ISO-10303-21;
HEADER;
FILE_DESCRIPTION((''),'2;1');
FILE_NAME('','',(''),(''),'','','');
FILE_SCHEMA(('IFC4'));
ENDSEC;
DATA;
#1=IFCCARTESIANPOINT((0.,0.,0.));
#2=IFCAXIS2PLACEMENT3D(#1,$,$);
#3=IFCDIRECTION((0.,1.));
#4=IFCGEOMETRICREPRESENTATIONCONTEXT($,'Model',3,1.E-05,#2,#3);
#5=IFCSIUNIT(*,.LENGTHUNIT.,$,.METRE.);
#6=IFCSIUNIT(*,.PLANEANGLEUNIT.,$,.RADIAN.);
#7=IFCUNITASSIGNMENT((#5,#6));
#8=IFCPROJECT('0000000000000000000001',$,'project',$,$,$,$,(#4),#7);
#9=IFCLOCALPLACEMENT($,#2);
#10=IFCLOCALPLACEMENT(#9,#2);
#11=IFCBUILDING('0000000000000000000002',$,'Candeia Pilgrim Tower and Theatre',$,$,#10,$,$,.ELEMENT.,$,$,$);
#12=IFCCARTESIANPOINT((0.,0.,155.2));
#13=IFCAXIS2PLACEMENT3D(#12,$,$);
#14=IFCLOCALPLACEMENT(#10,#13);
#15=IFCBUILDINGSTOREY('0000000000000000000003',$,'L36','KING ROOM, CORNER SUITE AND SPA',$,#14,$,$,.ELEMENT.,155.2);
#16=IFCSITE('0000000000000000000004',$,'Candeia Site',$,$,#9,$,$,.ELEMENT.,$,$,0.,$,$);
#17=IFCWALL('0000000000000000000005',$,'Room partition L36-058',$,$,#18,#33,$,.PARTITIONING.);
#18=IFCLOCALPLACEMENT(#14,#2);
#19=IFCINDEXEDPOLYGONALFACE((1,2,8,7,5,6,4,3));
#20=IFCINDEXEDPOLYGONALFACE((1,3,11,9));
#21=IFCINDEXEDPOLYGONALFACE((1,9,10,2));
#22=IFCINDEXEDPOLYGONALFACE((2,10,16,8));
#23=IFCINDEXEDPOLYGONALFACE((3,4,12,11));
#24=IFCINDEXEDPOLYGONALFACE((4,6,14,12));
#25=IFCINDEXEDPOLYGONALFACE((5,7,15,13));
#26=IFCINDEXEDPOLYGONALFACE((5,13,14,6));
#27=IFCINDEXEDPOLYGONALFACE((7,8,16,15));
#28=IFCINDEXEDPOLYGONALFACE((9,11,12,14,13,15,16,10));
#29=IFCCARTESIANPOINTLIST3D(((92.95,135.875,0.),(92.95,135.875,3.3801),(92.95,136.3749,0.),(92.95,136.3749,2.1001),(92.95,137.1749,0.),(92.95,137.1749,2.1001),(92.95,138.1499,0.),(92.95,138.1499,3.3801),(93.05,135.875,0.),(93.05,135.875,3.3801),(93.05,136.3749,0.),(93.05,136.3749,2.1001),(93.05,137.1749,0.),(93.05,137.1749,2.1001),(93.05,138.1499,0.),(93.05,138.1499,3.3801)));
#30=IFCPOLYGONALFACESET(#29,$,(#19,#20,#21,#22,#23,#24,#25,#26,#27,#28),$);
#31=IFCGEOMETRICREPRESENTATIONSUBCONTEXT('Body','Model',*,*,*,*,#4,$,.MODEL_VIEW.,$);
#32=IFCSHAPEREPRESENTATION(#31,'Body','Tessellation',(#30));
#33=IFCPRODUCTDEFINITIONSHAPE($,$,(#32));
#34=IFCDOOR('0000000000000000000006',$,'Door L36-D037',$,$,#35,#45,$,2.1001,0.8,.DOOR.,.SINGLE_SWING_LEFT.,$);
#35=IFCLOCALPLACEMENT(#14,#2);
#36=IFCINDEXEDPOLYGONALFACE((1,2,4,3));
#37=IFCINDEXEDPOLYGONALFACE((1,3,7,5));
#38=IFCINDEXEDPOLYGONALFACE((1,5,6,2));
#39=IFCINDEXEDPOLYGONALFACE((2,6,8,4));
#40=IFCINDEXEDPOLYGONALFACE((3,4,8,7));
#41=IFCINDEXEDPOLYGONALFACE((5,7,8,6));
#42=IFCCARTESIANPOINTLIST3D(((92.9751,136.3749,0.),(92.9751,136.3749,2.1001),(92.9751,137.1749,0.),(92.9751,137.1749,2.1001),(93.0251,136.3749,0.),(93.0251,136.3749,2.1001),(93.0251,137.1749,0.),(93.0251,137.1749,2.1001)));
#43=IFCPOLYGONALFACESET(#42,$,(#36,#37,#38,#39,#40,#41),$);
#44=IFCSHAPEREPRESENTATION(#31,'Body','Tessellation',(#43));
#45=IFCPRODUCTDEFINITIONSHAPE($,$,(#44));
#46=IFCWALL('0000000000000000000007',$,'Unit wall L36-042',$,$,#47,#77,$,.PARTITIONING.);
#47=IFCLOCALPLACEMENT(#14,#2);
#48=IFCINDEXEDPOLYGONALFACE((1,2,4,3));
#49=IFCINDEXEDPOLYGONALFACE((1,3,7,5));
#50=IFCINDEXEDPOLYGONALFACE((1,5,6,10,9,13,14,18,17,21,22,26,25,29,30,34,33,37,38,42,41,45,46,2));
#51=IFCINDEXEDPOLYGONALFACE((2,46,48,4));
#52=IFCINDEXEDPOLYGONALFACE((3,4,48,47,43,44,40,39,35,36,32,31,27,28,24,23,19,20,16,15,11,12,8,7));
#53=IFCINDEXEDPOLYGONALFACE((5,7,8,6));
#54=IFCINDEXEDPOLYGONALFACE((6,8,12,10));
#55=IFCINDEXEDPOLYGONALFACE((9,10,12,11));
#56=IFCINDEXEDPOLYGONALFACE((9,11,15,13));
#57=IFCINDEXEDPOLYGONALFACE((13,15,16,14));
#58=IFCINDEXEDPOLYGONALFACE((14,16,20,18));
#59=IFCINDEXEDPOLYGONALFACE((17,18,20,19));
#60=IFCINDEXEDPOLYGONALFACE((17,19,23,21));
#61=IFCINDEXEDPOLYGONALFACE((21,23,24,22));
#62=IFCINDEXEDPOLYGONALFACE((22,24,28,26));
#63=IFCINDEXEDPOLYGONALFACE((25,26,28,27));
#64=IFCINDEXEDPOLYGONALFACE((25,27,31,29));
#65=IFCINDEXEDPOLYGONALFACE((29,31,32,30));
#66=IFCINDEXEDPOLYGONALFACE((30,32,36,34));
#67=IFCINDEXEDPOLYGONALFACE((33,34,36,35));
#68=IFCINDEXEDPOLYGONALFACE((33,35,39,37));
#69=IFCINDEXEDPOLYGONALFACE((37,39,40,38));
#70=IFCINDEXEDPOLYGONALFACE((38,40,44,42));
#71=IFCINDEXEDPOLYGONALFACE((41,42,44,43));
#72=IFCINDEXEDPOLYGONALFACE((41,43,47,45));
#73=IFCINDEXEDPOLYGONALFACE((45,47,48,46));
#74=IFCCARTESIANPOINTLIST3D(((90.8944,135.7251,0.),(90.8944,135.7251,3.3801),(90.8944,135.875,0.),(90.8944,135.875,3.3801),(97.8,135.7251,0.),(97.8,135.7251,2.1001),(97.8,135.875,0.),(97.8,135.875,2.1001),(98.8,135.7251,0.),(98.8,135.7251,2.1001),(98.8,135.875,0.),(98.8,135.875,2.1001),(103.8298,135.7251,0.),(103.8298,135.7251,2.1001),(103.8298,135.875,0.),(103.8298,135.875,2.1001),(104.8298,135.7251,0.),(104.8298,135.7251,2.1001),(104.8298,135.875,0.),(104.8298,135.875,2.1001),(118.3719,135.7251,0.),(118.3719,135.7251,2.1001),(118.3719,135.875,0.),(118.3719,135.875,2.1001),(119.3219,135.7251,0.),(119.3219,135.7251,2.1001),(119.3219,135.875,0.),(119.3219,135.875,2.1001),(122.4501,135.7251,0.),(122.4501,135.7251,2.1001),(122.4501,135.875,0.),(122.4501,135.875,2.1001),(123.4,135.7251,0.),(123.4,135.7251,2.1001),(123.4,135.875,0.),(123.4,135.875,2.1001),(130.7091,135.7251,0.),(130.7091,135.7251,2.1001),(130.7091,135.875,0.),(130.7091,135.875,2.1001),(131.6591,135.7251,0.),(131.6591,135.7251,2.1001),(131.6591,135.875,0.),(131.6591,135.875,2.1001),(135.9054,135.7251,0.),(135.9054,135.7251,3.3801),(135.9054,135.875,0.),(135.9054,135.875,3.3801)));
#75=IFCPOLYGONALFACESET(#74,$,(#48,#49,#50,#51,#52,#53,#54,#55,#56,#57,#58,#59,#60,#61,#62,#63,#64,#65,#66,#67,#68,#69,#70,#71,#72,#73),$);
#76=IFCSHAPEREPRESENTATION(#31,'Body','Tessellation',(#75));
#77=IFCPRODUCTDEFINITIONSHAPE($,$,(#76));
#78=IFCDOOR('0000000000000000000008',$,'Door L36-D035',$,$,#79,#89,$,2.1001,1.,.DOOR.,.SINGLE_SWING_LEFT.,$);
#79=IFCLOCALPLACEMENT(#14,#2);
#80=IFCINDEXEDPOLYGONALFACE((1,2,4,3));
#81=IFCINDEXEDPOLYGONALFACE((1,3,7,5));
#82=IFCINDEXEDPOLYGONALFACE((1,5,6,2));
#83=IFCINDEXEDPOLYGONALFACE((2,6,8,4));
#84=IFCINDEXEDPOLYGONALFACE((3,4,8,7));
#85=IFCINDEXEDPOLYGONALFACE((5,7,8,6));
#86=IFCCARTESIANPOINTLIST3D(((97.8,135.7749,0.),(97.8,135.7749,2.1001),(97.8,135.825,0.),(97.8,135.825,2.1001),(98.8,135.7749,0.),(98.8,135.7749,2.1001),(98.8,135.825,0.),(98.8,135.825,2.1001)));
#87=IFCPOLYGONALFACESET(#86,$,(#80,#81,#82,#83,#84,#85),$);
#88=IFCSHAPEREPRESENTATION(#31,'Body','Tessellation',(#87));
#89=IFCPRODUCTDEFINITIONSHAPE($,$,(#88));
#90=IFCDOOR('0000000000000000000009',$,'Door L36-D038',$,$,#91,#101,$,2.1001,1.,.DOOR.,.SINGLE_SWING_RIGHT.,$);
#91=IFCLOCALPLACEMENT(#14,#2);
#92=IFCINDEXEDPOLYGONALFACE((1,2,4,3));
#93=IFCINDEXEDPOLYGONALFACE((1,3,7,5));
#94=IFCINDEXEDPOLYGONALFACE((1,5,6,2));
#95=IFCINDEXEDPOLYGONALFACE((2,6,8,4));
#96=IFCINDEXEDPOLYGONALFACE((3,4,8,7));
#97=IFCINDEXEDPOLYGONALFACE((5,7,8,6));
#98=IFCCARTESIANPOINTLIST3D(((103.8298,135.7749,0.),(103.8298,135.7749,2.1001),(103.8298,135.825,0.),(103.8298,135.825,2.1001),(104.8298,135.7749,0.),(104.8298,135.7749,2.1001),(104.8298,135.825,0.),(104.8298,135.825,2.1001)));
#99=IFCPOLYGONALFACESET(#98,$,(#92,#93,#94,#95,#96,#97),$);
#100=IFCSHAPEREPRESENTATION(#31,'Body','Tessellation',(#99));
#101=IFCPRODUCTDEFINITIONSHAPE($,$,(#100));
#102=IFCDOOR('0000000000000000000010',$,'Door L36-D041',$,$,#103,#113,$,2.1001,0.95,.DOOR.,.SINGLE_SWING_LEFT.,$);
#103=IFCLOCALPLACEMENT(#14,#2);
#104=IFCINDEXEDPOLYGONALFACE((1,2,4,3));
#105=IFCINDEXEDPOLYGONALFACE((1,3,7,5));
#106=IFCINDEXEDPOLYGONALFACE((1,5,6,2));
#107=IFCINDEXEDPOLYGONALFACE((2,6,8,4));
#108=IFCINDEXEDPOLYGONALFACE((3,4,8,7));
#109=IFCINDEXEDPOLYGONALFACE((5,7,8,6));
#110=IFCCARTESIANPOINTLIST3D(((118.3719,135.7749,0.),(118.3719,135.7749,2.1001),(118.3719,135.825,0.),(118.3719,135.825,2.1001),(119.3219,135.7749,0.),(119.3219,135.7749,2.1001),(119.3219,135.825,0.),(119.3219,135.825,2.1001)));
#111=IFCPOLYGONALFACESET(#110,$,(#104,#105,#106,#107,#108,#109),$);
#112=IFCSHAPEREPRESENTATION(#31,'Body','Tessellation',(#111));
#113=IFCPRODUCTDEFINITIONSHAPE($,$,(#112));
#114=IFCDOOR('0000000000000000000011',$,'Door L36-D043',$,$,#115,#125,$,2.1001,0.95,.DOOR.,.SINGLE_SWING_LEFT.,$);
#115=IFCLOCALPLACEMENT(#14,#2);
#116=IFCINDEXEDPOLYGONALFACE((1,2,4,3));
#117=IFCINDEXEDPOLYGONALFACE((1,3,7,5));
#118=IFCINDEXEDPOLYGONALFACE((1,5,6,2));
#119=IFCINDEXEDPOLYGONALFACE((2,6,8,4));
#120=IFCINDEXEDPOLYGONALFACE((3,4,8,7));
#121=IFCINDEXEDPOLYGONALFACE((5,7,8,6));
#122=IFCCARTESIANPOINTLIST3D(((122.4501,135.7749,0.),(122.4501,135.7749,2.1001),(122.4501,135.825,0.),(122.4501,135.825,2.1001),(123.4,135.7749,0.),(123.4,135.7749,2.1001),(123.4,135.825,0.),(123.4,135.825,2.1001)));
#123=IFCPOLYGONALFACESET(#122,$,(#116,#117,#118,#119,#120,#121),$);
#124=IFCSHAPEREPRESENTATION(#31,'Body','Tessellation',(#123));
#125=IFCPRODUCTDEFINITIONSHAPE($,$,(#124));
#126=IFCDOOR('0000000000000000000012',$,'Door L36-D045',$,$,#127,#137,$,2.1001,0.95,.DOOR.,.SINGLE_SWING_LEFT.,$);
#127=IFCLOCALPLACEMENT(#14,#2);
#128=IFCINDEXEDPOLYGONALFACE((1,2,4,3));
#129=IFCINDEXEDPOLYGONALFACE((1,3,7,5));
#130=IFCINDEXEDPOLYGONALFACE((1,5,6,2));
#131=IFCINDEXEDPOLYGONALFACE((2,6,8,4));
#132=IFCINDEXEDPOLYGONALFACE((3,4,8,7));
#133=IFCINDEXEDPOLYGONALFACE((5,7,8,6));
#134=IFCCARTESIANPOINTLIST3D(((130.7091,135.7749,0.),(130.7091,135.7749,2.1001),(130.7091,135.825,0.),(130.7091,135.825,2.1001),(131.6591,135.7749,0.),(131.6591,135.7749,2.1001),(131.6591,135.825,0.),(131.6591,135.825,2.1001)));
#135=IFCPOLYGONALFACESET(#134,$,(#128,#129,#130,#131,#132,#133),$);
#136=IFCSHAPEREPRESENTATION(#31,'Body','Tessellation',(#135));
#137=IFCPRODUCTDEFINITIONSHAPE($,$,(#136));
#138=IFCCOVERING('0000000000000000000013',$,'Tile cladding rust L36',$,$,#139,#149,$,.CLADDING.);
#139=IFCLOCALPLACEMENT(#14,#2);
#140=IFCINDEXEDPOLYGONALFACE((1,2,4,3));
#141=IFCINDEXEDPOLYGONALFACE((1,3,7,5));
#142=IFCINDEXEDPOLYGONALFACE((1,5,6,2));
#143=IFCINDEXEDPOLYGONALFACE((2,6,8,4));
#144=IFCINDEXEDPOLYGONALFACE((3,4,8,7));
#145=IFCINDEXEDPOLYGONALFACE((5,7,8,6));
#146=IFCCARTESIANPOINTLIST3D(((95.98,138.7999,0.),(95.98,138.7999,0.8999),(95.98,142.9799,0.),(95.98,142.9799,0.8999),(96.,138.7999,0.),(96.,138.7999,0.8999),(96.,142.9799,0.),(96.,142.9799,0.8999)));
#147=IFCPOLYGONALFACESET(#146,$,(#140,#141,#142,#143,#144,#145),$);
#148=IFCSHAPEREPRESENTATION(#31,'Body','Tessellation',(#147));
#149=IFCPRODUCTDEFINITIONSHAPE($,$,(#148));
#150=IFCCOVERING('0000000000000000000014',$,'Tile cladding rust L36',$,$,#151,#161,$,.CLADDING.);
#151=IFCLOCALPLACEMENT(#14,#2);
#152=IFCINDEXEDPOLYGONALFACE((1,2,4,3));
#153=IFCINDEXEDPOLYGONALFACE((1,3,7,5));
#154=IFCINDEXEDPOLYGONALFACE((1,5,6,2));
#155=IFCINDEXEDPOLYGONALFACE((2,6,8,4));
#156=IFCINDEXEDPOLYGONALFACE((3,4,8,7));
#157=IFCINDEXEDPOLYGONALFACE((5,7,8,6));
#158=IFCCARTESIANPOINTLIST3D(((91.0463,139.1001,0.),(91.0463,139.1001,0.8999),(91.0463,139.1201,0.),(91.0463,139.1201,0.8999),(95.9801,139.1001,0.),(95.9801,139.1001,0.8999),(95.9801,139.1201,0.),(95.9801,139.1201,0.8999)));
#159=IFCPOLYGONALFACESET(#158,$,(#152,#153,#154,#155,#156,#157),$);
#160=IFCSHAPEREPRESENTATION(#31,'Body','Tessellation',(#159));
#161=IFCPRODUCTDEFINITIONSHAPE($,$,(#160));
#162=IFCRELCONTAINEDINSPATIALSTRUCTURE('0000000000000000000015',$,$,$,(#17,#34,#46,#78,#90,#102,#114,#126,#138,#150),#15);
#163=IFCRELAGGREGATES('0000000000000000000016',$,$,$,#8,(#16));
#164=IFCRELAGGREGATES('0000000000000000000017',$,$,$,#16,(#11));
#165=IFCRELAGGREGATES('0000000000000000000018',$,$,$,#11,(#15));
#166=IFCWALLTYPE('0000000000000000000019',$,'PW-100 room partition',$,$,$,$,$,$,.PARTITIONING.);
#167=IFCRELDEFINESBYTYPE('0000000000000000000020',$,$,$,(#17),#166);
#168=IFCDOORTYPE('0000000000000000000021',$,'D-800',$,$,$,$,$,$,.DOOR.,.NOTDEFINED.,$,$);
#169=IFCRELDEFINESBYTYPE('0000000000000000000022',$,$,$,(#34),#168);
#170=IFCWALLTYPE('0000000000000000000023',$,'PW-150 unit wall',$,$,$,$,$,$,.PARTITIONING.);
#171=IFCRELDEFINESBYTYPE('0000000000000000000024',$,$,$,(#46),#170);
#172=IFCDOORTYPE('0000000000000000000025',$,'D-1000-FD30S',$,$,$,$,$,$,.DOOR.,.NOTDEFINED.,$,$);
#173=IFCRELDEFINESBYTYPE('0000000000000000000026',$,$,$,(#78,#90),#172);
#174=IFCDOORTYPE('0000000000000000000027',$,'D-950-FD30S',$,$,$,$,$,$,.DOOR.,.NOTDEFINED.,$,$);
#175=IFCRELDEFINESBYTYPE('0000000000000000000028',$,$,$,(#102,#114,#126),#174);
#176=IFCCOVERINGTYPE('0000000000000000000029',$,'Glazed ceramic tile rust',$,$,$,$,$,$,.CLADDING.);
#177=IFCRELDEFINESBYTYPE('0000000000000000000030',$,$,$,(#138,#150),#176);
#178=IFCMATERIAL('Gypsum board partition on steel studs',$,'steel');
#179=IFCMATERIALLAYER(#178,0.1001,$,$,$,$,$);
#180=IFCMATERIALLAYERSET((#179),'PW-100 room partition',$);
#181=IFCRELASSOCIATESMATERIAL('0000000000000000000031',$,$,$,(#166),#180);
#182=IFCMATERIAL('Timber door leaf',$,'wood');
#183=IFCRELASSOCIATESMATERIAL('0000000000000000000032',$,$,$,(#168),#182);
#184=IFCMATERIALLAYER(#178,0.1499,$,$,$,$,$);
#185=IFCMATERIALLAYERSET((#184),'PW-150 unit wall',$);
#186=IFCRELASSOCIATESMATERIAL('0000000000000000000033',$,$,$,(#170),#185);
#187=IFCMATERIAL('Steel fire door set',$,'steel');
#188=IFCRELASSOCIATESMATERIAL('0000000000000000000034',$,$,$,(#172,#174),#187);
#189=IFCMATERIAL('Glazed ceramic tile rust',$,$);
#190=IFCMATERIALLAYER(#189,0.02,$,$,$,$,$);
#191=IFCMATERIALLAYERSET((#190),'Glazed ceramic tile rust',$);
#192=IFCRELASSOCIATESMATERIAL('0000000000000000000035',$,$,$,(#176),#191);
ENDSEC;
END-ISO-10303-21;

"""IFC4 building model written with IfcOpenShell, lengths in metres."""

from ifc_helpers import new_model, si_unit, direction, frame, frame_2d, origin, origin_2d, place, context, subcontext, project, spatial, rectangle, extrude, material, layer, layer_set, type_object, element, fill, save


model = new_model("IFC4")

# Units and contexts
model_context = context("Model", 3, precision=1e-05, world=origin(), true_north=direction((0.0, 1.0)))
body_context = subcontext(model_context, "Body", "Model", "MODEL_VIEW")
ifc_project = project(units=[si_unit("LENGTHUNIT", "METRE"), si_unit("PLANEANGLEUNIT", "RADIAN")], contexts=[model_context])

# Site, building, storey
site_placement = place(None, origin())
site = spatial("IfcSite", under=ifc_project, at=site_placement, Name="Candeia Site", CompositionType="ELEMENT", RefElevation=0.0)
building_placement = place(site_placement, origin())
building = spatial("IfcBuilding", under=site, at=building_placement, Name="Candeia Pilgrim Tower and Theatre", CompositionType="ELEMENT")
storey_placement = place(building_placement, frame((0.0, 0.0, 155.2)))
storey = spatial("IfcBuildingStorey", under=building, at=storey_placement, Name="L36", Description="KING ROOM, CORNER SUITE AND SPA", CompositionType="ELEMENT", Elevation=155.2)

# Shared definitions
ifc_material_1 = material(Name="Gypsum board partition on steel studs", Category="steel")
ifc_layer_1 = layer(ifc_material_1, 0.1001)
ifc_layer_set_1 = layer_set([ifc_layer_1], Name="PW-100 room partition")
wall_type_1 = type_object("IfcWallType", Name="PW-100 room partition", PredefinedType="PARTITIONING", material=ifc_layer_set_1)

# Wall, opening, door
wall_1_placement = place(storey_placement, frame((93.0, 135.875, 0.0), z_axis=(0.0, 0.0, 1.0), x_axis=(0.0, 1.0, 0.0)))
wall_1 = element("IfcWall", 1, at=wall_1_placement, inside=storey, type_object=wall_type_1, Name="Room partition L36-058", PredefinedType="PARTITIONING", context=body_context, shape_type="SweptSolid", body=[
    extrude(rectangle(XDim=2.2749, YDim=0.1001, at=frame_2d((1.1375, 0.0))), origin(), (0.0, 0.0, 1.0), 3.3801),
])
opening_1_placement = place(wall_1_placement, frame((0.5, 0.0, 0.0)))
opening_1 = element("IfcOpeningElement", 2, at=opening_1_placement, cuts=wall_1, PredefinedType="OPENING", context=body_context, shape_type="SweptSolid", body=[
    extrude(rectangle(XDim=0.8, YDim=2.1001, at=frame_2d((0.3999, 1.05))), frame((0.0, 0.0601, 0.0), z_axis=(0.0, -1.0, 0.0), x_axis=(1.0, 0.0, 0.0)), (0.0, 0.0, 1.0), 0.1201),
])
ifc_material_2 = material(Name="Timber door leaf", Category="wood")
door_type_1 = type_object("IfcDoorType", Name="D-800", OperationType="NOTDEFINED", PredefinedType="DOOR", material=ifc_material_2)
door_1_placement = place(opening_1_placement, origin())
door_1 = element("IfcDoor", 3, at=door_1_placement, inside=storey, type_object=door_type_1, Name="Door L36-D037", OperationType="SINGLE_SWING_LEFT", OverallHeight=2.1001, OverallWidth=0.8, PredefinedType="DOOR", context=body_context, shape_type="SweptSolid", body=[
    extrude(rectangle(XDim=0.8, YDim=2.1001, at=frame_2d((0.3999, 1.05))), frame((0.0, 0.0249, 0.0), z_axis=(0.0, -1.0, 0.0), x_axis=(1.0, 0.0, 0.0)), (0.0, 0.0, 1.0), 0.05),
])
fill(opening_1, door_1)

# Wall, openings, doors
ifc_layer_2 = layer(ifc_material_1, 0.1499)
ifc_layer_set_2 = layer_set([ifc_layer_2], Name="PW-150 unit wall")
wall_type_2 = type_object("IfcWallType", Name="PW-150 unit wall", PredefinedType="PARTITIONING", material=ifc_layer_set_2)
wall_2_placement = place(storey_placement, frame((90.8945, 135.8, 0.0), z_axis=(0.0, 0.0, 1.0), x_axis=(1.0, 0.0, 0.0)))
wall_2 = element("IfcWall", 4, at=wall_2_placement, inside=storey, type_object=wall_type_2, Name="Unit wall L36-042", PredefinedType="PARTITIONING", context=body_context, shape_type="SweptSolid", body=[
    extrude(rectangle(XDim=45.011, YDim=0.1499, at=frame_2d((22.5054, 0.0))), origin(), (0.0, 0.0, 1.0), 3.3801),
])
opening_2_placement = place(wall_2_placement, frame((6.9055, 0.0, 0.0)))
opening_2 = element("IfcOpeningElement", 5, at=opening_2_placement, cuts=wall_2, PredefinedType="OPENING", context=body_context, shape_type="SweptSolid", body=[
    extrude(rectangle(XDim=1.0, YDim=2.1001, at=frame_2d((0.5, 1.05))), frame((0.0, 0.085, 0.0), z_axis=(0.0, -1.0, 0.0), x_axis=(1.0, 0.0, 0.0)), (0.0, 0.0, 1.0), 0.1699),
])
opening_3_placement = place(wall_2_placement, frame((12.9353, 0.0, 0.0)))
opening_3 = element("IfcOpeningElement", 6, at=opening_3_placement, cuts=wall_2, PredefinedType="OPENING", context=body_context, shape_type="SweptSolid", body=[
    extrude(rectangle(XDim=1.0, YDim=2.1001, at=frame_2d((0.5, 1.05))), frame((0.0, 0.085, 0.0), z_axis=(0.0, -1.0, 0.0), x_axis=(1.0, 0.0, 0.0)), (0.0, 0.0, 1.0), 0.1699),
])
opening_4_placement = place(wall_2_placement, frame((27.4773, 0.0, 0.0)))
opening_4 = element("IfcOpeningElement", 7, at=opening_4_placement, cuts=wall_2, PredefinedType="OPENING", context=body_context, shape_type="SweptSolid", body=[
    extrude(rectangle(XDim=0.95, YDim=2.1001, at=frame_2d((0.4751, 1.05))), frame((0.0, 0.085, 0.0), z_axis=(0.0, -1.0, 0.0), x_axis=(1.0, 0.0, 0.0)), (0.0, 0.0, 1.0), 0.1699),
])
opening_5_placement = place(wall_2_placement, frame((31.5554, 0.0, 0.0)))
opening_5 = element("IfcOpeningElement", 8, at=opening_5_placement, cuts=wall_2, PredefinedType="OPENING", context=body_context, shape_type="SweptSolid", body=[
    extrude(rectangle(XDim=0.95, YDim=2.1001, at=frame_2d((0.4751, 1.05))), frame((0.0, 0.085, 0.0), z_axis=(0.0, -1.0, 0.0), x_axis=(1.0, 0.0, 0.0)), (0.0, 0.0, 1.0), 0.1699),
])
opening_6_placement = place(wall_2_placement, frame((39.8145, 0.0, 0.0)))
opening_6 = element("IfcOpeningElement", 9, at=opening_6_placement, cuts=wall_2, PredefinedType="OPENING", context=body_context, shape_type="SweptSolid", body=[
    extrude(rectangle(XDim=0.95, YDim=2.1001, at=frame_2d((0.4751, 1.05))), frame((0.0, 0.085, 0.0), z_axis=(0.0, -1.0, 0.0), x_axis=(1.0, 0.0, 0.0)), (0.0, 0.0, 1.0), 0.1699),
])
ifc_material_3 = material(Name="Steel fire door set", Category="steel")
door_type_2 = type_object("IfcDoorType", Name="D-1000-FD30S", OperationType="NOTDEFINED", PredefinedType="DOOR", material=ifc_material_3)
door_2_placement = place(opening_2_placement, origin())
door_2 = element("IfcDoor", 10, at=door_2_placement, inside=storey, type_object=door_type_2, Name="Door L36-D035", OperationType="SINGLE_SWING_LEFT", OverallHeight=2.1001, OverallWidth=1.0, PredefinedType="DOOR", context=body_context, shape_type="SweptSolid", body=[
    extrude(rectangle(XDim=1.0, YDim=2.1001, at=frame_2d((0.5, 1.05))), frame((0.0, 0.0249, 0.0), z_axis=(0.0, -1.0, 0.0), x_axis=(1.0, 0.0, 0.0)), (0.0, 0.0, 1.0), 0.05),
])
fill(opening_2, door_2)
door_3_placement = place(opening_3_placement, origin())
door_3 = element("IfcDoor", 11, at=door_3_placement, inside=storey, type_object=door_type_2, Name="Door L36-D038", OperationType="SINGLE_SWING_RIGHT", OverallHeight=2.1001, OverallWidth=1.0, PredefinedType="DOOR", context=body_context, shape_type="SweptSolid", body=[
    extrude(rectangle(XDim=1.0, YDim=2.1001, at=frame_2d((0.5, 1.05))), frame((0.0, 0.0249, 0.0), z_axis=(0.0, -1.0, 0.0), x_axis=(1.0, 0.0, 0.0)), (0.0, 0.0, 1.0), 0.05),
])
fill(opening_3, door_3)
door_type_3 = type_object("IfcDoorType", Name="D-950-FD30S", OperationType="NOTDEFINED", PredefinedType="DOOR", material=ifc_material_3)
door_4_placement = place(opening_4_placement, origin())
door_4 = element("IfcDoor", 12, at=door_4_placement, inside=storey, type_object=door_type_3, Name="Door L36-D041", OperationType="SINGLE_SWING_LEFT", OverallHeight=2.1001, OverallWidth=0.95, PredefinedType="DOOR", context=body_context, shape_type="SweptSolid", body=[
    extrude(rectangle(XDim=0.95, YDim=2.1001, at=frame_2d((0.4751, 1.05))), frame((0.0, 0.0249, 0.0), z_axis=(0.0, -1.0, 0.0), x_axis=(1.0, 0.0, 0.0)), (0.0, 0.0, 1.0), 0.05),
])
fill(opening_4, door_4)
door_5_placement = place(opening_5_placement, origin())
door_5 = element("IfcDoor", 13, at=door_5_placement, inside=storey, type_object=door_type_3, Name="Door L36-D043", OperationType="SINGLE_SWING_LEFT", OverallHeight=2.1001, OverallWidth=0.95, PredefinedType="DOOR", context=body_context, shape_type="SweptSolid", body=[
    extrude(rectangle(XDim=0.95, YDim=2.1001, at=frame_2d((0.4751, 1.05))), frame((0.0, 0.0249, 0.0), z_axis=(0.0, -1.0, 0.0), x_axis=(1.0, 0.0, 0.0)), (0.0, 0.0, 1.0), 0.05),
])
fill(opening_5, door_5)
door_6_placement = place(opening_6_placement, origin())
door_6 = element("IfcDoor", 14, at=door_6_placement, inside=storey, type_object=door_type_3, Name="Door L36-D045", OperationType="SINGLE_SWING_LEFT", OverallHeight=2.1001, OverallWidth=0.95, PredefinedType="DOOR", context=body_context, shape_type="SweptSolid", body=[
    extrude(rectangle(XDim=0.95, YDim=2.1001, at=frame_2d((0.4751, 1.05))), frame((0.0, 0.0249, 0.0), z_axis=(0.0, -1.0, 0.0), x_axis=(1.0, 0.0, 0.0)), (0.0, 0.0, 1.0), 0.05),
])
fill(opening_6, door_6)

# Coverings
ifc_material_4 = material(Name="Glazed ceramic tile rust")
ifc_layer_3 = layer(ifc_material_4, 0.02)
ifc_layer_set_3 = layer_set([ifc_layer_3], Name="Glazed ceramic tile rust")
covering_type = type_object("IfcCoveringType", Name="Glazed ceramic tile rust", PredefinedType="CLADDING", material=ifc_layer_set_3)
covering_1_placement = place(storey_placement, frame((95.99, 140.8899, 0.0), z_axis=(0.0, 0.0, 1.0), x_axis=(0.0, -1.0, 0.0)))
element("IfcCovering", 15, at=covering_1_placement, inside=storey, type_object=covering_type, Name="Tile cladding rust L36", PredefinedType="CLADDING", context=body_context, shape_type="SweptSolid", body=[
    extrude(rectangle(XDim=4.1799, YDim=0.02, at=origin_2d()), origin(), (0.0, 0.0, 1.0), 0.8999),
])
covering_2_placement = place(storey_placement, frame((93.5132, 139.1101, 0.0), z_axis=(0.0, 0.0, 1.0), x_axis=(-1.0, 0.0, 0.0)))
element("IfcCovering", 16, at=covering_2_placement, inside=storey, type_object=covering_type, Name="Tile cladding rust L36", PredefinedType="CLADDING", context=body_context, shape_type="SweptSolid", body=[
    extrude(rectangle(XDim=4.9338, YDim=0.02, at=origin_2d()), origin(), (0.0, 0.0, 1.0), 0.8999),
])

save(model, "model.ifc")
